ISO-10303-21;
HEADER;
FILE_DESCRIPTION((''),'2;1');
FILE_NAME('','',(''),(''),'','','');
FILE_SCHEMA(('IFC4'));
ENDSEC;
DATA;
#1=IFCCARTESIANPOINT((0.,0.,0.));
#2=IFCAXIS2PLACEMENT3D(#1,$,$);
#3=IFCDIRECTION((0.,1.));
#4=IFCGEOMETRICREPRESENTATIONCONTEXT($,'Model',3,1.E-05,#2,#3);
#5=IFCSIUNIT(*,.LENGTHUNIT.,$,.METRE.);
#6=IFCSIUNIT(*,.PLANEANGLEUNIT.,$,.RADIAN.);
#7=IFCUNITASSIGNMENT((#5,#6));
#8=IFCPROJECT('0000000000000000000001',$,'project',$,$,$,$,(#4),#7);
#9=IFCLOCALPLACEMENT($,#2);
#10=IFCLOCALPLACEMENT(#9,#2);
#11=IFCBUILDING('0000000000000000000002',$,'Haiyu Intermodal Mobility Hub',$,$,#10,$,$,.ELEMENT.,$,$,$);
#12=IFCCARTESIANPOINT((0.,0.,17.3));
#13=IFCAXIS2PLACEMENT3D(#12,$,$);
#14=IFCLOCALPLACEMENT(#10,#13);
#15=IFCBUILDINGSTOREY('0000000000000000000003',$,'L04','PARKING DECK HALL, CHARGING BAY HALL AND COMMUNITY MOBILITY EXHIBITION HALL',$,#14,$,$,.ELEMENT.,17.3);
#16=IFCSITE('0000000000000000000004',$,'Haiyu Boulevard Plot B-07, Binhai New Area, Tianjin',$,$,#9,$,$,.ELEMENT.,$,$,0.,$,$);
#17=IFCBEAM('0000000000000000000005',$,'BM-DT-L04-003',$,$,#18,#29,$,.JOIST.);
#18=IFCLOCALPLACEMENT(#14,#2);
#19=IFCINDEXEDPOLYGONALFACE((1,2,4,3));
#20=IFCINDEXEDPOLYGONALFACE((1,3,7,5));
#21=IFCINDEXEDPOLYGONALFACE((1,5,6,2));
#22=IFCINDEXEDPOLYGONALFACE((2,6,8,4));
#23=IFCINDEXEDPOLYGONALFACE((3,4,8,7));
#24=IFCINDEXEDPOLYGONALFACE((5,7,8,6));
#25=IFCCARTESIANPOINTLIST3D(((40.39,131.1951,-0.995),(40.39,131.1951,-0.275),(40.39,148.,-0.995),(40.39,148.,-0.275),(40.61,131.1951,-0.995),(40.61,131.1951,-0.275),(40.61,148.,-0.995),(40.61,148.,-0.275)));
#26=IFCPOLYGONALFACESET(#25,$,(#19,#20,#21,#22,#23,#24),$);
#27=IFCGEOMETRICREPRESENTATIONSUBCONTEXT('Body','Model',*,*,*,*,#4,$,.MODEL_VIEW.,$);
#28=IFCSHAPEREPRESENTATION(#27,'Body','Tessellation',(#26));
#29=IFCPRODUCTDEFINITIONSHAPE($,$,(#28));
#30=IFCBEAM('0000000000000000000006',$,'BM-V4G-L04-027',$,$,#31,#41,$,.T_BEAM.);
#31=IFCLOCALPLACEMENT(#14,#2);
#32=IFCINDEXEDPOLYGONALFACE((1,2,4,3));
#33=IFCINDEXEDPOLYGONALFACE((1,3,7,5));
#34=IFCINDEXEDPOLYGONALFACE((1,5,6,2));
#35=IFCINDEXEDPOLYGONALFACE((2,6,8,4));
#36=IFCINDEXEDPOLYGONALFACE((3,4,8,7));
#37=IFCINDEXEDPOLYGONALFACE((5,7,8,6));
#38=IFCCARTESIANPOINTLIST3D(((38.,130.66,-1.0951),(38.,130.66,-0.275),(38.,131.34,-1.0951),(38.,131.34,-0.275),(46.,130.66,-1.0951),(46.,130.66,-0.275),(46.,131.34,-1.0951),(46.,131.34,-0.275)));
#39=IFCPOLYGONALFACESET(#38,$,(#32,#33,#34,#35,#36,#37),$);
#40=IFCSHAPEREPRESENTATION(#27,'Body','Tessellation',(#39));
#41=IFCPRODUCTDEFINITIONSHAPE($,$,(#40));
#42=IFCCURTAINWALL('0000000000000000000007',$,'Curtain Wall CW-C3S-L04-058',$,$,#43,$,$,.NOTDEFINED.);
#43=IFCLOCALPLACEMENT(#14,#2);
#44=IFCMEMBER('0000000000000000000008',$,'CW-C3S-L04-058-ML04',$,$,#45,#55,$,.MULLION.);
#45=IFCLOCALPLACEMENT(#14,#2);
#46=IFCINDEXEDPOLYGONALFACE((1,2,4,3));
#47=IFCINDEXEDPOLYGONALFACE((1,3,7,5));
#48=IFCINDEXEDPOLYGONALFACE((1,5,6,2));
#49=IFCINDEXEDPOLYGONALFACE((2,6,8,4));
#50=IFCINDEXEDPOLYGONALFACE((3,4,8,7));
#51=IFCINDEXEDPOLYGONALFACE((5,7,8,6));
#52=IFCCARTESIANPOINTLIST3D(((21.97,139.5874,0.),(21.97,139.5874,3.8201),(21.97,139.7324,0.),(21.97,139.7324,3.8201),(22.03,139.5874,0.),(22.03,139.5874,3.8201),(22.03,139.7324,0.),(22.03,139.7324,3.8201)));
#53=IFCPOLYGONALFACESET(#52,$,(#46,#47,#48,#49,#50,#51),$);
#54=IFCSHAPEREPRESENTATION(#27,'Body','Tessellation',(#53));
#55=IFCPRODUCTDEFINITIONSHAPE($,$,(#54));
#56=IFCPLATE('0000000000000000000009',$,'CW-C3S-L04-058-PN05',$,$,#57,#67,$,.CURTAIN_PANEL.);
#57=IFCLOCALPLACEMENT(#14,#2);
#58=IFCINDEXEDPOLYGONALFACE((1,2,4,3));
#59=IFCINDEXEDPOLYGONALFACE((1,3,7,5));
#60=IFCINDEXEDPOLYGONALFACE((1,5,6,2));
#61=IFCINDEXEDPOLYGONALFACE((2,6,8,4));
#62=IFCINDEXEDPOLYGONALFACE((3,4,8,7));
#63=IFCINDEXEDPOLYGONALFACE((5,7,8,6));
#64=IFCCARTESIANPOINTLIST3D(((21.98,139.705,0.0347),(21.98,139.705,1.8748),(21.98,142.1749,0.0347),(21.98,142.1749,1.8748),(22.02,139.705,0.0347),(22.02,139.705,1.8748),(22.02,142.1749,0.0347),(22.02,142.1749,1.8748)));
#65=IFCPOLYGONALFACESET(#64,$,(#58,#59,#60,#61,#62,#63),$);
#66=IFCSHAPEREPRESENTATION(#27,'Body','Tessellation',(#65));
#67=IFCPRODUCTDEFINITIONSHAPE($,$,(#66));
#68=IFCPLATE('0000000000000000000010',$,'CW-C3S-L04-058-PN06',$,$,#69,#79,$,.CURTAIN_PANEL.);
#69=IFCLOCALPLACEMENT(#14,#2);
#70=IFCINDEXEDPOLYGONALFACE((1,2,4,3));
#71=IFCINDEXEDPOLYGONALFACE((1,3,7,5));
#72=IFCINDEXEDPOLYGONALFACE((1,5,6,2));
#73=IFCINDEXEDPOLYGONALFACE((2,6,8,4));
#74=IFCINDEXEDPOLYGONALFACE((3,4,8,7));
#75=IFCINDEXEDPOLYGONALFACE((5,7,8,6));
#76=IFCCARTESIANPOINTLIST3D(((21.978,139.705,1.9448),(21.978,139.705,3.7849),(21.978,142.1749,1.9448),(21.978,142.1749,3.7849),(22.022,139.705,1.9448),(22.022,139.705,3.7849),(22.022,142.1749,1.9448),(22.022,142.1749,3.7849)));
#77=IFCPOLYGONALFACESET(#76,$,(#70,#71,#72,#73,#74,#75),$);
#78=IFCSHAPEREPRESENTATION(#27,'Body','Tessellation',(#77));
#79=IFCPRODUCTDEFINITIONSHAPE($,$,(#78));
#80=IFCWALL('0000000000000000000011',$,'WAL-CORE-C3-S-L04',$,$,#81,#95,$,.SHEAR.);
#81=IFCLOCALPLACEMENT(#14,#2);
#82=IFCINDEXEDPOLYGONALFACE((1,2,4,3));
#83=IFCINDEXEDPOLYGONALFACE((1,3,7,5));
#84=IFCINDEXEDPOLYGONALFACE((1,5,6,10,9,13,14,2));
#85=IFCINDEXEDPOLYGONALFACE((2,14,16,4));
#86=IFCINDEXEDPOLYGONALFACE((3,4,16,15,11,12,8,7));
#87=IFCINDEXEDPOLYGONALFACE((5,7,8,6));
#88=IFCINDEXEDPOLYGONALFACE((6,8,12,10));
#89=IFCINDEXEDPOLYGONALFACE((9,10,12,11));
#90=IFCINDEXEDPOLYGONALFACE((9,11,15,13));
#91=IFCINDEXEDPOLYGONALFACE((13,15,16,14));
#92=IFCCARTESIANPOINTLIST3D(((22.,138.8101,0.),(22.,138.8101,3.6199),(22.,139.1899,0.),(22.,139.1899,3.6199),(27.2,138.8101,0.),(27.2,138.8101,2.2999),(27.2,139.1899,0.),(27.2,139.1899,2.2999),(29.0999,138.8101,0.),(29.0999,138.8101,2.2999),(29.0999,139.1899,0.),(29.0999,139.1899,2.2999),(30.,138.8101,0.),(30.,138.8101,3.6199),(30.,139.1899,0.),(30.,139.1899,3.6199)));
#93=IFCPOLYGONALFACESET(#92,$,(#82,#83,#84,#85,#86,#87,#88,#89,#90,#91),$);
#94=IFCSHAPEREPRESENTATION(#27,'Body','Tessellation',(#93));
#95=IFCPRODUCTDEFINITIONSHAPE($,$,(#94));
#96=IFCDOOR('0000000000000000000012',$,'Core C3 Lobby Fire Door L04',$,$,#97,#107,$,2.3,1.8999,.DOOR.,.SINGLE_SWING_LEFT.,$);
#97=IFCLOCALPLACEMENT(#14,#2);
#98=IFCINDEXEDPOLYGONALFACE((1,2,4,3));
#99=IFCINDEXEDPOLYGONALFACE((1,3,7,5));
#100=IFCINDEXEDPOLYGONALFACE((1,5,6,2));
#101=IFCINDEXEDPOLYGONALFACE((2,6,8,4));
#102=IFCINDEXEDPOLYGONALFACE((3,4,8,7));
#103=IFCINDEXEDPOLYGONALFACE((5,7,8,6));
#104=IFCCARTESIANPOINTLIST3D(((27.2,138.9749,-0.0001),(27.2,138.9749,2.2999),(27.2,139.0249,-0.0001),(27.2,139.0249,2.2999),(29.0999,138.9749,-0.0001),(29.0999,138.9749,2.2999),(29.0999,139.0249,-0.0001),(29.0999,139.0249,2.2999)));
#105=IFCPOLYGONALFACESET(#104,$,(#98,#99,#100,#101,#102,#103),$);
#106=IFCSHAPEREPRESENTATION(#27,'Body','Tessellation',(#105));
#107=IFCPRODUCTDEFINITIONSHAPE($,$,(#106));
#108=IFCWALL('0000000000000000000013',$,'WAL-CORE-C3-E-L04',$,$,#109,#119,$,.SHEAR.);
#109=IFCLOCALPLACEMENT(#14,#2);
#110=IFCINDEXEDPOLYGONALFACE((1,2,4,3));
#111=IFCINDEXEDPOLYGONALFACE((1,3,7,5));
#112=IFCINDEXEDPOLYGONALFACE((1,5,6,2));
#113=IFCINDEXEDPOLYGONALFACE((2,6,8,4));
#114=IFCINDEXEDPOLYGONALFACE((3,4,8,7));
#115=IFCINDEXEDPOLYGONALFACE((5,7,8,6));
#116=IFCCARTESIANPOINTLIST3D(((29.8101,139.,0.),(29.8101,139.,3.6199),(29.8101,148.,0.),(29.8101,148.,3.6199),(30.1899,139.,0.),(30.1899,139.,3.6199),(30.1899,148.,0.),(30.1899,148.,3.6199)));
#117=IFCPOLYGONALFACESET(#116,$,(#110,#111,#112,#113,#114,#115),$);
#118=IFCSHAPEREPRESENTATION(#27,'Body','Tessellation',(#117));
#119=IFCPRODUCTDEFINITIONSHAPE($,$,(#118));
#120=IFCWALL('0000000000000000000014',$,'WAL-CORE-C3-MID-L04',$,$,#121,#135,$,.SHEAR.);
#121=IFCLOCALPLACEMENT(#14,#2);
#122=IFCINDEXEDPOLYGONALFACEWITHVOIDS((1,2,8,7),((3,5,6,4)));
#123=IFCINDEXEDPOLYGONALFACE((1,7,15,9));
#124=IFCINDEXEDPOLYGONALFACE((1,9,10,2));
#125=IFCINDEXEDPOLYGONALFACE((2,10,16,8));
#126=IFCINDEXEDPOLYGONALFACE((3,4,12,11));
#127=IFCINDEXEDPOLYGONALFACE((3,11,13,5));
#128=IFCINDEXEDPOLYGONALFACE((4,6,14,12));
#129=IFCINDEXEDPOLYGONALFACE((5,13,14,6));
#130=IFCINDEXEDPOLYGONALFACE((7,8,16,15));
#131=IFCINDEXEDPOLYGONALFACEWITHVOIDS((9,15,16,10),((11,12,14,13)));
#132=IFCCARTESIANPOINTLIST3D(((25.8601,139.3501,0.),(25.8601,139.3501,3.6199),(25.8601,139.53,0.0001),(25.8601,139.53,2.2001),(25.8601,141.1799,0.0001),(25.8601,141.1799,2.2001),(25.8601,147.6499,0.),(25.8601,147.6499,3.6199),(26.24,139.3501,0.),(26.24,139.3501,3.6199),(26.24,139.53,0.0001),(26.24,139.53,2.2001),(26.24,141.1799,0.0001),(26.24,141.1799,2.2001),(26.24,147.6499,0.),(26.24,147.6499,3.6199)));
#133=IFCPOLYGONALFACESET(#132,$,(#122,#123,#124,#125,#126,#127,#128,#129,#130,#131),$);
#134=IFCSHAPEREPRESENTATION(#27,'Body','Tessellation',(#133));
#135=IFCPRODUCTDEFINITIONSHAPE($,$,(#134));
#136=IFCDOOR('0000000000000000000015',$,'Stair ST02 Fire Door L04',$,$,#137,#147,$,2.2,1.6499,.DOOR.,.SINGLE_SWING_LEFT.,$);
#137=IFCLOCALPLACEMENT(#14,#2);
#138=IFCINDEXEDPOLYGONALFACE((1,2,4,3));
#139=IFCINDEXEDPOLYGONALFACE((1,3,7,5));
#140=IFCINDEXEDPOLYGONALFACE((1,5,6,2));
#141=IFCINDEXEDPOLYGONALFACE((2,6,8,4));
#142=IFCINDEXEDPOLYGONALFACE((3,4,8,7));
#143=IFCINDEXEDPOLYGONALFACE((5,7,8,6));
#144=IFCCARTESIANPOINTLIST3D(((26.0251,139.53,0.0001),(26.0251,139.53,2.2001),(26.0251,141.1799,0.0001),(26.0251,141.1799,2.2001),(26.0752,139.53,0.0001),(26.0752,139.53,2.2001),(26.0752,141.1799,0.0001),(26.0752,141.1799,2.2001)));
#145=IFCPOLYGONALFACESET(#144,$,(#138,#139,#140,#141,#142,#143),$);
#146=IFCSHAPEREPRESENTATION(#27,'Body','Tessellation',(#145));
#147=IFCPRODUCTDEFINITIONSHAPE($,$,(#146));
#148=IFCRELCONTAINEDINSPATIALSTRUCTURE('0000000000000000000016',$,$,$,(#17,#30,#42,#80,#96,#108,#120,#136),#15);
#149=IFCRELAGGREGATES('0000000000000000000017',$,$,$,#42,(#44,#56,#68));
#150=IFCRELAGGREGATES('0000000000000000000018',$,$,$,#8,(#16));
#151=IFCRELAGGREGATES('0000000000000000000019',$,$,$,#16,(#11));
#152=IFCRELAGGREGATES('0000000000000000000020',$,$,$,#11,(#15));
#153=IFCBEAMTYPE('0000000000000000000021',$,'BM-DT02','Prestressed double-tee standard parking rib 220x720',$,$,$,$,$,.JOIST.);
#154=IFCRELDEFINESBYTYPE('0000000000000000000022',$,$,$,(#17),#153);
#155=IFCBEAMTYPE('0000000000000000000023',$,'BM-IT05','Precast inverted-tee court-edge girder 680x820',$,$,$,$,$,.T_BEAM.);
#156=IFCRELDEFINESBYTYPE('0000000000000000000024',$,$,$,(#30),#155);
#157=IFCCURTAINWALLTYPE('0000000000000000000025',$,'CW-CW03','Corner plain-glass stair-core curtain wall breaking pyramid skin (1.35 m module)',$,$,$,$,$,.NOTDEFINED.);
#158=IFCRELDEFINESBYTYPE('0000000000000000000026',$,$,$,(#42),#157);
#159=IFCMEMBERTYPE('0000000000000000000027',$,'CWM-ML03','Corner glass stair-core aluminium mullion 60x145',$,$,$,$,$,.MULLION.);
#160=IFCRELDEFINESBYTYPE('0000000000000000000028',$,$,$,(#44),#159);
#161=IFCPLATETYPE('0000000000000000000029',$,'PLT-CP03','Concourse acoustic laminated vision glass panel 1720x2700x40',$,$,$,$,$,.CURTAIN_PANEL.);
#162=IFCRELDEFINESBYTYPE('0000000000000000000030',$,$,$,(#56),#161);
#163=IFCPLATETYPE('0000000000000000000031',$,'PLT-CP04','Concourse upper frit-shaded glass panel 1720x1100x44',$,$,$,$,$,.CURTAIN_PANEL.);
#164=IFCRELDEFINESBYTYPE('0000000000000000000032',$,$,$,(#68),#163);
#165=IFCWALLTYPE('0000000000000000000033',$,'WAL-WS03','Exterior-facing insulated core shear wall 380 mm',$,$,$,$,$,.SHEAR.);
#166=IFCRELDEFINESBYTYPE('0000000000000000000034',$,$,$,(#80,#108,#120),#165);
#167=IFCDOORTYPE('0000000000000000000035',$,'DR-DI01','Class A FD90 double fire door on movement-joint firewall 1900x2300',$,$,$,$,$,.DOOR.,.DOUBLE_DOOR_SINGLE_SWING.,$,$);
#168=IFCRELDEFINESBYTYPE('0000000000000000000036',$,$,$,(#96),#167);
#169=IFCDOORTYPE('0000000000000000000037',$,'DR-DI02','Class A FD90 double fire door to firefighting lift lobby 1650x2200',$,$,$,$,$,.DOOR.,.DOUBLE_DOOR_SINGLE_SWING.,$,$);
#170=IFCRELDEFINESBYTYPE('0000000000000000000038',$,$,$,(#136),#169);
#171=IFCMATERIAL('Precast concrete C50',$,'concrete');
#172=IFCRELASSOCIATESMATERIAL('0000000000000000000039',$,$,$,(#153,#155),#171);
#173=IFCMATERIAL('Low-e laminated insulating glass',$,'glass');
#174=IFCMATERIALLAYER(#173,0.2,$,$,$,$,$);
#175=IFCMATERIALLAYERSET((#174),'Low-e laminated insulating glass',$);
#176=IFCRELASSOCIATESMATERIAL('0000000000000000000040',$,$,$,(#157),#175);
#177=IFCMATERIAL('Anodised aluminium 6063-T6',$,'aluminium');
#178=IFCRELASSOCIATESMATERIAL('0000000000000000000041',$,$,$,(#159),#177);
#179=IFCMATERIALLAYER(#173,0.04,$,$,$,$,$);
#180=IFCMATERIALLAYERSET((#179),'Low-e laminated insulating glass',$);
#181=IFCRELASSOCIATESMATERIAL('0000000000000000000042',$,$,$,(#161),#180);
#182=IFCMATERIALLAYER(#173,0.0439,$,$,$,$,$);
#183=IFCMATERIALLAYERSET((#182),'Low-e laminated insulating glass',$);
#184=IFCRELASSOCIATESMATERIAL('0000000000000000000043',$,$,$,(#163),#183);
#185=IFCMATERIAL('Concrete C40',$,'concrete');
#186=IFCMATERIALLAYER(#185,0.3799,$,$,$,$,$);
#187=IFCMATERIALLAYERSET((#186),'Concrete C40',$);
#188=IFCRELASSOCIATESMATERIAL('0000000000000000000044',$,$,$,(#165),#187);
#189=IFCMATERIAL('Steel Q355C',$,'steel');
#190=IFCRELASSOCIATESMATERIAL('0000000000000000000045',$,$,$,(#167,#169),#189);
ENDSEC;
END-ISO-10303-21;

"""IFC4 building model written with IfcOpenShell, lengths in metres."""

from ifc_helpers import new_model, si_unit, direction, frame, frame_2d, origin, origin_2d, place, context, subcontext, project, spatial, rectangle, extrude, material, layer, layer_set, material_profile, profile_set, type_object, element, fill, aggregate, save


model = new_model("IFC4")

# Units and contexts
model_context = context("Model", 3, precision=1e-05, world=origin(), true_north=direction((0.0, 1.0)))
body_context = subcontext(model_context, "Body", "Model", "MODEL_VIEW")
ifc_project = project(units=[si_unit("LENGTHUNIT", "METRE"), si_unit("PLANEANGLEUNIT", "RADIAN")], contexts=[model_context])

# Site, building, storey
site_placement = place(None, origin())
site = spatial("IfcSite", under=ifc_project, at=site_placement, Name="Haiyu Boulevard Plot B-07, Binhai New Area, Tianjin", CompositionType="ELEMENT", RefElevation=0.0)
building_placement = place(site_placement, origin())
building = spatial("IfcBuilding", under=site, at=building_placement, Name="Haiyu Intermodal Mobility Hub", CompositionType="ELEMENT")
storey_placement = place(building_placement, frame((0.0, 0.0, 17.3)))
storey = spatial("IfcBuildingStorey", under=building, at=storey_placement, Name="L04", Description="PARKING DECK HALL, CHARGING BAY HALL AND COMMUNITY MOBILITY EXHIBITION HALL", CompositionType="ELEMENT", Elevation=17.3)

# Shared definitions
ifc_material_1 = material(Name="Steel Q355C", Category="steel")

# Beams
ifc_material_2 = material(Name="Concrete C40", Category="concrete")
ifc_material_3 = material(Name="Precast concrete C50", Category="concrete")
ifc_material_profile_1 = material_profile(ifc_material_3, rectangle(XDim=0.22, YDim=0.72, at=origin_2d()), Name="PC220x720")
ifc_profile_set_1 = profile_set([ifc_material_profile_1], Name="Precast concrete C50")
beam_type_1 = type_object("IfcBeamType", Name="BM-DT02", Description="Prestressed double-tee standard parking rib 220x720", PredefinedType="JOIST", material=ifc_profile_set_1)
beam_1_placement = place(storey_placement, frame((40.5, 131.1951, -0.635), z_axis=(0.0, 1.0, 0.0), x_axis=(-1.0, 0.0, 0.0)))
element("IfcBeam", 1, at=beam_1_placement, inside=storey, type_object=beam_type_1, Name="BM-DT-L04-003", PredefinedType="JOIST", context=body_context, shape_type="SweptSolid", body=[
    extrude(rectangle(XDim=0.22, YDim=0.72, at=origin_2d()), origin(), (0.0, 0.0, 1.0), 16.8049),
])
ifc_material_profile_2 = material_profile(ifc_material_3, rectangle(XDim=0.6799, YDim=0.8201, at=origin_2d()), Name="B680x820")
ifc_profile_set_2 = profile_set([ifc_material_profile_2], Name="Precast concrete C50")
beam_type_2 = type_object("IfcBeamType", Name="BM-IT05", Description="Precast inverted-tee court-edge girder 680x820", PredefinedType="T_BEAM", material=ifc_profile_set_2)
beam_2_placement = place(storey_placement, frame((38.0, 131.0, -0.6851), z_axis=(1.0, 0.0, 0.0), x_axis=(0.0, 1.0, 0.0)))
element("IfcBeam", 2, at=beam_2_placement, inside=storey, type_object=beam_type_2, Name="BM-V4G-L04-027", PredefinedType="T_BEAM", context=body_context, shape_type="SweptSolid", body=[
    extrude(rectangle(XDim=0.6799, YDim=0.8201, at=origin_2d()), origin(), (0.0, 0.0, 1.0), 8.0),
])

# Curtain wall, member, plates
ifc_material_4 = material(Name="Low-e laminated insulating glass", Category="glass")
ifc_layer_1 = layer(ifc_material_4, 0.2)
ifc_layer_set_1 = layer_set([ifc_layer_1], Name="Low-e laminated insulating glass")
curtain_wall_type = type_object("IfcCurtainWallType", Name="CW-CW03", Description="Corner plain-glass stair-core curtain wall breaking pyramid skin (1.35 m module)", PredefinedType="NOTDEFINED", material=ifc_layer_set_1)
curtain_wall_placement = place(storey_placement, origin())
curtain_wall = element("IfcCurtainWall", 3, at=curtain_wall_placement, inside=storey, type_object=curtain_wall_type, Name="Curtain Wall CW-C3S-L04-058", PredefinedType="NOTDEFINED")
ifc_material_5 = material(Name="Anodised aluminium 6063-T6", Category="aluminium")
ifc_material_profile_3 = material_profile(ifc_material_5, rectangle(XDim=0.0601, YDim=0.145, at=origin_2d()), Name="ALU60x145")
ifc_profile_set_3 = profile_set([ifc_material_profile_3], Name="Anodised aluminium 6063-T6")
member_type = type_object("IfcMemberType", Name="CWM-ML03", Description="Corner glass stair-core aluminium mullion 60x145", PredefinedType="MULLION", material=ifc_profile_set_3)
member_placement = place(storey_placement, frame((22.0, 139.6599, 0.0), z_axis=(0.0, 0.0, 1.0), x_axis=(1.0, 0.0, 0.0)))
member = element("IfcMember", 4, at=member_placement, type_object=member_type, Name="CW-C3S-L04-058-ML04", PredefinedType="MULLION", context=body_context, shape_type="SweptSolid", body=[
    extrude(rectangle(XDim=0.0601, YDim=0.145, at=origin_2d()), origin(), (0.0, 0.0, 1.0), 3.8201),
])
ifc_layer_2 = layer(ifc_material_4, 0.04)
ifc_layer_set_2 = layer_set([ifc_layer_2], Name="Low-e laminated insulating glass")
plate_type_1 = type_object("IfcPlateType", Name="PLT-CP03", Description="Concourse acoustic laminated vision glass panel 1720x2700x40", PredefinedType="CURTAIN_PANEL", material=ifc_layer_set_2)
plate_1_placement = place(storey_placement, frame((22.0, 140.9399, 0.0347), z_axis=(0.0, 0.0, 1.0), x_axis=(0.0, -1.0, 0.0)))
plate_1 = element("IfcPlate", 5, at=plate_1_placement, type_object=plate_type_1, Name="CW-C3S-L04-058-PN05", PredefinedType="CURTAIN_PANEL", context=body_context, shape_type="SweptSolid", body=[
    extrude(rectangle(XDim=2.47, YDim=0.04, at=origin_2d()), origin(), (0.0, 0.0, 1.0), 1.8401),
])
ifc_layer_3 = layer(ifc_material_4, 0.0439)
ifc_layer_set_3 = layer_set([ifc_layer_3], Name="Low-e laminated insulating glass")
plate_type_2 = type_object("IfcPlateType", Name="PLT-CP04", Description="Concourse upper frit-shaded glass panel 1720x1100x44", PredefinedType="CURTAIN_PANEL", material=ifc_layer_set_3)
plate_2_placement = place(storey_placement, frame((22.0, 140.9399, 1.9448), z_axis=(0.0, 0.0, 1.0), x_axis=(0.0, -1.0, 0.0)))
plate_2 = element("IfcPlate", 6, at=plate_2_placement, type_object=plate_type_2, Name="CW-C3S-L04-058-PN06", PredefinedType="CURTAIN_PANEL", context=body_context, shape_type="SweptSolid", body=[
    extrude(rectangle(XDim=2.47, YDim=0.0439, at=origin_2d()), origin(), (0.0, 0.0, 1.0), 1.8401),
])
aggregate(curtain_wall, [member, plate_1, plate_2])

# Wall, opening, door
ifc_layer_4 = layer(ifc_material_2, 0.3799)
ifc_layer_set_4 = layer_set([ifc_layer_4], Name="Concrete C40")
wall_type = type_object("IfcWallType", Name="WAL-WS03", Description="Exterior-facing insulated core shear wall 380 mm", PredefinedType="SHEAR", material=ifc_layer_set_4)
wall_1_placement = place(storey_placement, frame((22.0, 139.0, 0.0), z_axis=(0.0, 0.0, 1.0), x_axis=(1.0, 0.0, 0.0)))
wall_1 = element("IfcWall", 7, at=wall_1_placement, inside=storey, type_object=wall_type, Name="WAL-CORE-C3-S-L04", PredefinedType="SHEAR", context=body_context, shape_type="SweptSolid", body=[
    extrude(rectangle(XDim=8.0, YDim=0.3799, at=frame_2d((4.0, 0.0))), origin(), (0.0, 0.0, 1.0), 3.6199),
])
opening_1_placement = place(wall_1_placement, frame((5.2, 0.0, 0.0)))
opening_1 = element("IfcOpeningElement", 8, at=opening_1_placement, cuts=wall_1, PredefinedType="OPENING", context=body_context, shape_type="SweptSolid", body=[
    extrude(rectangle(XDim=1.8999, YDim=2.3, at=frame_2d((0.95, 1.1499))), frame((0.0, 0.2, 0.0), z_axis=(0.0, -1.0, 0.0), x_axis=(1.0, 0.0, 0.0)), (0.0, 0.0, 1.0), 0.3999),
])
door_type_1 = type_object("IfcDoorType", Name="DR-DI01", Description="Class A FD90 double fire door on movement-joint firewall 1900x2300", OperationType="DOUBLE_DOOR_SINGLE_SWING", PredefinedType="DOOR", material=ifc_material_1)
door_1_placement = place(opening_1_placement, origin())
door_1 = element("IfcDoor", 9, at=door_1_placement, inside=storey, type_object=door_type_1, Name="Core C3 Lobby Fire Door L04", OperationType="SINGLE_SWING_LEFT", OverallHeight=2.3, OverallWidth=1.8999, PredefinedType="DOOR", context=body_context, shape_type="SweptSolid", body=[
    extrude(rectangle(XDim=1.8999, YDim=2.3, at=frame_2d((0.95, 1.1499))), frame((0.0, 0.0249, 0.0), z_axis=(0.0, -1.0, 0.0), x_axis=(1.0, 0.0, 0.0)), (0.0, 0.0, 1.0), 0.05),
])
fill(opening_1, door_1)

# Wall
wall_2_placement = place(storey_placement, frame((30.0, 139.0, 0.0), z_axis=(0.0, 0.0, 1.0), x_axis=(0.0, 1.0, 0.0)))
element("IfcWall", 10, at=wall_2_placement, inside=storey, type_object=wall_type, Name="WAL-CORE-C3-E-L04", PredefinedType="SHEAR", context=body_context, shape_type="SweptSolid", body=[
    extrude(rectangle(XDim=9.0, YDim=0.3799, at=frame_2d((4.5, 0.0))), origin(), (0.0, 0.0, 1.0), 3.6199),
])

# Wall, opening, door
wall_3_placement = place(storey_placement, frame((26.05, 139.3501, 0.0), z_axis=(0.0, 0.0, 1.0), x_axis=(0.0, 1.0, 0.0)))
wall_3 = element("IfcWall", 11, at=wall_3_placement, inside=storey, type_object=wall_type, Name="WAL-CORE-C3-MID-L04", PredefinedType="SHEAR", context=body_context, shape_type="SweptSolid", body=[
    extrude(rectangle(XDim=8.2998, YDim=0.3799, at=frame_2d((4.1499, 0.0))), origin(), (0.0, 0.0, 1.0), 3.6199),
])
opening_2_placement = place(wall_3_placement, frame((0.1799, 0.0, 0.0)))
opening_2 = element("IfcOpeningElement", 12, at=opening_2_placement, cuts=wall_3, PredefinedType="OPENING", context=body_context, shape_type="SweptSolid", body=[
    extrude(rectangle(XDim=1.6499, YDim=2.2, at=frame_2d((0.825, 1.1001))), frame((0.0, 0.2, 0.0), z_axis=(0.0, -1.0, 0.0), x_axis=(1.0, 0.0, 0.0)), (0.0, 0.0, 1.0), 0.3999),
])
door_type_2 = type_object("IfcDoorType", Name="DR-DI02", Description="Class A FD90 double fire door to firefighting lift lobby 1650x2200", OperationType="DOUBLE_DOOR_SINGLE_SWING", PredefinedType="DOOR", material=ifc_material_1)
door_2_placement = place(opening_2_placement, origin())
door_2 = element("IfcDoor", 13, at=door_2_placement, inside=storey, type_object=door_type_2, Name="Stair ST02 Fire Door L04", OperationType="SINGLE_SWING_LEFT", OverallHeight=2.2, OverallWidth=1.6499, PredefinedType="DOOR", context=body_context, shape_type="SweptSolid", body=[
    extrude(rectangle(XDim=1.6499, YDim=2.2, at=frame_2d((0.825, 1.1001))), frame((0.0, 0.0249, 0.0), z_axis=(0.0, -1.0, 0.0), x_axis=(1.0, 0.0, 0.0)), (0.0, 0.0, 1.0), 0.05),
])
fill(opening_2, door_2)

save(model, "model.ifc")
